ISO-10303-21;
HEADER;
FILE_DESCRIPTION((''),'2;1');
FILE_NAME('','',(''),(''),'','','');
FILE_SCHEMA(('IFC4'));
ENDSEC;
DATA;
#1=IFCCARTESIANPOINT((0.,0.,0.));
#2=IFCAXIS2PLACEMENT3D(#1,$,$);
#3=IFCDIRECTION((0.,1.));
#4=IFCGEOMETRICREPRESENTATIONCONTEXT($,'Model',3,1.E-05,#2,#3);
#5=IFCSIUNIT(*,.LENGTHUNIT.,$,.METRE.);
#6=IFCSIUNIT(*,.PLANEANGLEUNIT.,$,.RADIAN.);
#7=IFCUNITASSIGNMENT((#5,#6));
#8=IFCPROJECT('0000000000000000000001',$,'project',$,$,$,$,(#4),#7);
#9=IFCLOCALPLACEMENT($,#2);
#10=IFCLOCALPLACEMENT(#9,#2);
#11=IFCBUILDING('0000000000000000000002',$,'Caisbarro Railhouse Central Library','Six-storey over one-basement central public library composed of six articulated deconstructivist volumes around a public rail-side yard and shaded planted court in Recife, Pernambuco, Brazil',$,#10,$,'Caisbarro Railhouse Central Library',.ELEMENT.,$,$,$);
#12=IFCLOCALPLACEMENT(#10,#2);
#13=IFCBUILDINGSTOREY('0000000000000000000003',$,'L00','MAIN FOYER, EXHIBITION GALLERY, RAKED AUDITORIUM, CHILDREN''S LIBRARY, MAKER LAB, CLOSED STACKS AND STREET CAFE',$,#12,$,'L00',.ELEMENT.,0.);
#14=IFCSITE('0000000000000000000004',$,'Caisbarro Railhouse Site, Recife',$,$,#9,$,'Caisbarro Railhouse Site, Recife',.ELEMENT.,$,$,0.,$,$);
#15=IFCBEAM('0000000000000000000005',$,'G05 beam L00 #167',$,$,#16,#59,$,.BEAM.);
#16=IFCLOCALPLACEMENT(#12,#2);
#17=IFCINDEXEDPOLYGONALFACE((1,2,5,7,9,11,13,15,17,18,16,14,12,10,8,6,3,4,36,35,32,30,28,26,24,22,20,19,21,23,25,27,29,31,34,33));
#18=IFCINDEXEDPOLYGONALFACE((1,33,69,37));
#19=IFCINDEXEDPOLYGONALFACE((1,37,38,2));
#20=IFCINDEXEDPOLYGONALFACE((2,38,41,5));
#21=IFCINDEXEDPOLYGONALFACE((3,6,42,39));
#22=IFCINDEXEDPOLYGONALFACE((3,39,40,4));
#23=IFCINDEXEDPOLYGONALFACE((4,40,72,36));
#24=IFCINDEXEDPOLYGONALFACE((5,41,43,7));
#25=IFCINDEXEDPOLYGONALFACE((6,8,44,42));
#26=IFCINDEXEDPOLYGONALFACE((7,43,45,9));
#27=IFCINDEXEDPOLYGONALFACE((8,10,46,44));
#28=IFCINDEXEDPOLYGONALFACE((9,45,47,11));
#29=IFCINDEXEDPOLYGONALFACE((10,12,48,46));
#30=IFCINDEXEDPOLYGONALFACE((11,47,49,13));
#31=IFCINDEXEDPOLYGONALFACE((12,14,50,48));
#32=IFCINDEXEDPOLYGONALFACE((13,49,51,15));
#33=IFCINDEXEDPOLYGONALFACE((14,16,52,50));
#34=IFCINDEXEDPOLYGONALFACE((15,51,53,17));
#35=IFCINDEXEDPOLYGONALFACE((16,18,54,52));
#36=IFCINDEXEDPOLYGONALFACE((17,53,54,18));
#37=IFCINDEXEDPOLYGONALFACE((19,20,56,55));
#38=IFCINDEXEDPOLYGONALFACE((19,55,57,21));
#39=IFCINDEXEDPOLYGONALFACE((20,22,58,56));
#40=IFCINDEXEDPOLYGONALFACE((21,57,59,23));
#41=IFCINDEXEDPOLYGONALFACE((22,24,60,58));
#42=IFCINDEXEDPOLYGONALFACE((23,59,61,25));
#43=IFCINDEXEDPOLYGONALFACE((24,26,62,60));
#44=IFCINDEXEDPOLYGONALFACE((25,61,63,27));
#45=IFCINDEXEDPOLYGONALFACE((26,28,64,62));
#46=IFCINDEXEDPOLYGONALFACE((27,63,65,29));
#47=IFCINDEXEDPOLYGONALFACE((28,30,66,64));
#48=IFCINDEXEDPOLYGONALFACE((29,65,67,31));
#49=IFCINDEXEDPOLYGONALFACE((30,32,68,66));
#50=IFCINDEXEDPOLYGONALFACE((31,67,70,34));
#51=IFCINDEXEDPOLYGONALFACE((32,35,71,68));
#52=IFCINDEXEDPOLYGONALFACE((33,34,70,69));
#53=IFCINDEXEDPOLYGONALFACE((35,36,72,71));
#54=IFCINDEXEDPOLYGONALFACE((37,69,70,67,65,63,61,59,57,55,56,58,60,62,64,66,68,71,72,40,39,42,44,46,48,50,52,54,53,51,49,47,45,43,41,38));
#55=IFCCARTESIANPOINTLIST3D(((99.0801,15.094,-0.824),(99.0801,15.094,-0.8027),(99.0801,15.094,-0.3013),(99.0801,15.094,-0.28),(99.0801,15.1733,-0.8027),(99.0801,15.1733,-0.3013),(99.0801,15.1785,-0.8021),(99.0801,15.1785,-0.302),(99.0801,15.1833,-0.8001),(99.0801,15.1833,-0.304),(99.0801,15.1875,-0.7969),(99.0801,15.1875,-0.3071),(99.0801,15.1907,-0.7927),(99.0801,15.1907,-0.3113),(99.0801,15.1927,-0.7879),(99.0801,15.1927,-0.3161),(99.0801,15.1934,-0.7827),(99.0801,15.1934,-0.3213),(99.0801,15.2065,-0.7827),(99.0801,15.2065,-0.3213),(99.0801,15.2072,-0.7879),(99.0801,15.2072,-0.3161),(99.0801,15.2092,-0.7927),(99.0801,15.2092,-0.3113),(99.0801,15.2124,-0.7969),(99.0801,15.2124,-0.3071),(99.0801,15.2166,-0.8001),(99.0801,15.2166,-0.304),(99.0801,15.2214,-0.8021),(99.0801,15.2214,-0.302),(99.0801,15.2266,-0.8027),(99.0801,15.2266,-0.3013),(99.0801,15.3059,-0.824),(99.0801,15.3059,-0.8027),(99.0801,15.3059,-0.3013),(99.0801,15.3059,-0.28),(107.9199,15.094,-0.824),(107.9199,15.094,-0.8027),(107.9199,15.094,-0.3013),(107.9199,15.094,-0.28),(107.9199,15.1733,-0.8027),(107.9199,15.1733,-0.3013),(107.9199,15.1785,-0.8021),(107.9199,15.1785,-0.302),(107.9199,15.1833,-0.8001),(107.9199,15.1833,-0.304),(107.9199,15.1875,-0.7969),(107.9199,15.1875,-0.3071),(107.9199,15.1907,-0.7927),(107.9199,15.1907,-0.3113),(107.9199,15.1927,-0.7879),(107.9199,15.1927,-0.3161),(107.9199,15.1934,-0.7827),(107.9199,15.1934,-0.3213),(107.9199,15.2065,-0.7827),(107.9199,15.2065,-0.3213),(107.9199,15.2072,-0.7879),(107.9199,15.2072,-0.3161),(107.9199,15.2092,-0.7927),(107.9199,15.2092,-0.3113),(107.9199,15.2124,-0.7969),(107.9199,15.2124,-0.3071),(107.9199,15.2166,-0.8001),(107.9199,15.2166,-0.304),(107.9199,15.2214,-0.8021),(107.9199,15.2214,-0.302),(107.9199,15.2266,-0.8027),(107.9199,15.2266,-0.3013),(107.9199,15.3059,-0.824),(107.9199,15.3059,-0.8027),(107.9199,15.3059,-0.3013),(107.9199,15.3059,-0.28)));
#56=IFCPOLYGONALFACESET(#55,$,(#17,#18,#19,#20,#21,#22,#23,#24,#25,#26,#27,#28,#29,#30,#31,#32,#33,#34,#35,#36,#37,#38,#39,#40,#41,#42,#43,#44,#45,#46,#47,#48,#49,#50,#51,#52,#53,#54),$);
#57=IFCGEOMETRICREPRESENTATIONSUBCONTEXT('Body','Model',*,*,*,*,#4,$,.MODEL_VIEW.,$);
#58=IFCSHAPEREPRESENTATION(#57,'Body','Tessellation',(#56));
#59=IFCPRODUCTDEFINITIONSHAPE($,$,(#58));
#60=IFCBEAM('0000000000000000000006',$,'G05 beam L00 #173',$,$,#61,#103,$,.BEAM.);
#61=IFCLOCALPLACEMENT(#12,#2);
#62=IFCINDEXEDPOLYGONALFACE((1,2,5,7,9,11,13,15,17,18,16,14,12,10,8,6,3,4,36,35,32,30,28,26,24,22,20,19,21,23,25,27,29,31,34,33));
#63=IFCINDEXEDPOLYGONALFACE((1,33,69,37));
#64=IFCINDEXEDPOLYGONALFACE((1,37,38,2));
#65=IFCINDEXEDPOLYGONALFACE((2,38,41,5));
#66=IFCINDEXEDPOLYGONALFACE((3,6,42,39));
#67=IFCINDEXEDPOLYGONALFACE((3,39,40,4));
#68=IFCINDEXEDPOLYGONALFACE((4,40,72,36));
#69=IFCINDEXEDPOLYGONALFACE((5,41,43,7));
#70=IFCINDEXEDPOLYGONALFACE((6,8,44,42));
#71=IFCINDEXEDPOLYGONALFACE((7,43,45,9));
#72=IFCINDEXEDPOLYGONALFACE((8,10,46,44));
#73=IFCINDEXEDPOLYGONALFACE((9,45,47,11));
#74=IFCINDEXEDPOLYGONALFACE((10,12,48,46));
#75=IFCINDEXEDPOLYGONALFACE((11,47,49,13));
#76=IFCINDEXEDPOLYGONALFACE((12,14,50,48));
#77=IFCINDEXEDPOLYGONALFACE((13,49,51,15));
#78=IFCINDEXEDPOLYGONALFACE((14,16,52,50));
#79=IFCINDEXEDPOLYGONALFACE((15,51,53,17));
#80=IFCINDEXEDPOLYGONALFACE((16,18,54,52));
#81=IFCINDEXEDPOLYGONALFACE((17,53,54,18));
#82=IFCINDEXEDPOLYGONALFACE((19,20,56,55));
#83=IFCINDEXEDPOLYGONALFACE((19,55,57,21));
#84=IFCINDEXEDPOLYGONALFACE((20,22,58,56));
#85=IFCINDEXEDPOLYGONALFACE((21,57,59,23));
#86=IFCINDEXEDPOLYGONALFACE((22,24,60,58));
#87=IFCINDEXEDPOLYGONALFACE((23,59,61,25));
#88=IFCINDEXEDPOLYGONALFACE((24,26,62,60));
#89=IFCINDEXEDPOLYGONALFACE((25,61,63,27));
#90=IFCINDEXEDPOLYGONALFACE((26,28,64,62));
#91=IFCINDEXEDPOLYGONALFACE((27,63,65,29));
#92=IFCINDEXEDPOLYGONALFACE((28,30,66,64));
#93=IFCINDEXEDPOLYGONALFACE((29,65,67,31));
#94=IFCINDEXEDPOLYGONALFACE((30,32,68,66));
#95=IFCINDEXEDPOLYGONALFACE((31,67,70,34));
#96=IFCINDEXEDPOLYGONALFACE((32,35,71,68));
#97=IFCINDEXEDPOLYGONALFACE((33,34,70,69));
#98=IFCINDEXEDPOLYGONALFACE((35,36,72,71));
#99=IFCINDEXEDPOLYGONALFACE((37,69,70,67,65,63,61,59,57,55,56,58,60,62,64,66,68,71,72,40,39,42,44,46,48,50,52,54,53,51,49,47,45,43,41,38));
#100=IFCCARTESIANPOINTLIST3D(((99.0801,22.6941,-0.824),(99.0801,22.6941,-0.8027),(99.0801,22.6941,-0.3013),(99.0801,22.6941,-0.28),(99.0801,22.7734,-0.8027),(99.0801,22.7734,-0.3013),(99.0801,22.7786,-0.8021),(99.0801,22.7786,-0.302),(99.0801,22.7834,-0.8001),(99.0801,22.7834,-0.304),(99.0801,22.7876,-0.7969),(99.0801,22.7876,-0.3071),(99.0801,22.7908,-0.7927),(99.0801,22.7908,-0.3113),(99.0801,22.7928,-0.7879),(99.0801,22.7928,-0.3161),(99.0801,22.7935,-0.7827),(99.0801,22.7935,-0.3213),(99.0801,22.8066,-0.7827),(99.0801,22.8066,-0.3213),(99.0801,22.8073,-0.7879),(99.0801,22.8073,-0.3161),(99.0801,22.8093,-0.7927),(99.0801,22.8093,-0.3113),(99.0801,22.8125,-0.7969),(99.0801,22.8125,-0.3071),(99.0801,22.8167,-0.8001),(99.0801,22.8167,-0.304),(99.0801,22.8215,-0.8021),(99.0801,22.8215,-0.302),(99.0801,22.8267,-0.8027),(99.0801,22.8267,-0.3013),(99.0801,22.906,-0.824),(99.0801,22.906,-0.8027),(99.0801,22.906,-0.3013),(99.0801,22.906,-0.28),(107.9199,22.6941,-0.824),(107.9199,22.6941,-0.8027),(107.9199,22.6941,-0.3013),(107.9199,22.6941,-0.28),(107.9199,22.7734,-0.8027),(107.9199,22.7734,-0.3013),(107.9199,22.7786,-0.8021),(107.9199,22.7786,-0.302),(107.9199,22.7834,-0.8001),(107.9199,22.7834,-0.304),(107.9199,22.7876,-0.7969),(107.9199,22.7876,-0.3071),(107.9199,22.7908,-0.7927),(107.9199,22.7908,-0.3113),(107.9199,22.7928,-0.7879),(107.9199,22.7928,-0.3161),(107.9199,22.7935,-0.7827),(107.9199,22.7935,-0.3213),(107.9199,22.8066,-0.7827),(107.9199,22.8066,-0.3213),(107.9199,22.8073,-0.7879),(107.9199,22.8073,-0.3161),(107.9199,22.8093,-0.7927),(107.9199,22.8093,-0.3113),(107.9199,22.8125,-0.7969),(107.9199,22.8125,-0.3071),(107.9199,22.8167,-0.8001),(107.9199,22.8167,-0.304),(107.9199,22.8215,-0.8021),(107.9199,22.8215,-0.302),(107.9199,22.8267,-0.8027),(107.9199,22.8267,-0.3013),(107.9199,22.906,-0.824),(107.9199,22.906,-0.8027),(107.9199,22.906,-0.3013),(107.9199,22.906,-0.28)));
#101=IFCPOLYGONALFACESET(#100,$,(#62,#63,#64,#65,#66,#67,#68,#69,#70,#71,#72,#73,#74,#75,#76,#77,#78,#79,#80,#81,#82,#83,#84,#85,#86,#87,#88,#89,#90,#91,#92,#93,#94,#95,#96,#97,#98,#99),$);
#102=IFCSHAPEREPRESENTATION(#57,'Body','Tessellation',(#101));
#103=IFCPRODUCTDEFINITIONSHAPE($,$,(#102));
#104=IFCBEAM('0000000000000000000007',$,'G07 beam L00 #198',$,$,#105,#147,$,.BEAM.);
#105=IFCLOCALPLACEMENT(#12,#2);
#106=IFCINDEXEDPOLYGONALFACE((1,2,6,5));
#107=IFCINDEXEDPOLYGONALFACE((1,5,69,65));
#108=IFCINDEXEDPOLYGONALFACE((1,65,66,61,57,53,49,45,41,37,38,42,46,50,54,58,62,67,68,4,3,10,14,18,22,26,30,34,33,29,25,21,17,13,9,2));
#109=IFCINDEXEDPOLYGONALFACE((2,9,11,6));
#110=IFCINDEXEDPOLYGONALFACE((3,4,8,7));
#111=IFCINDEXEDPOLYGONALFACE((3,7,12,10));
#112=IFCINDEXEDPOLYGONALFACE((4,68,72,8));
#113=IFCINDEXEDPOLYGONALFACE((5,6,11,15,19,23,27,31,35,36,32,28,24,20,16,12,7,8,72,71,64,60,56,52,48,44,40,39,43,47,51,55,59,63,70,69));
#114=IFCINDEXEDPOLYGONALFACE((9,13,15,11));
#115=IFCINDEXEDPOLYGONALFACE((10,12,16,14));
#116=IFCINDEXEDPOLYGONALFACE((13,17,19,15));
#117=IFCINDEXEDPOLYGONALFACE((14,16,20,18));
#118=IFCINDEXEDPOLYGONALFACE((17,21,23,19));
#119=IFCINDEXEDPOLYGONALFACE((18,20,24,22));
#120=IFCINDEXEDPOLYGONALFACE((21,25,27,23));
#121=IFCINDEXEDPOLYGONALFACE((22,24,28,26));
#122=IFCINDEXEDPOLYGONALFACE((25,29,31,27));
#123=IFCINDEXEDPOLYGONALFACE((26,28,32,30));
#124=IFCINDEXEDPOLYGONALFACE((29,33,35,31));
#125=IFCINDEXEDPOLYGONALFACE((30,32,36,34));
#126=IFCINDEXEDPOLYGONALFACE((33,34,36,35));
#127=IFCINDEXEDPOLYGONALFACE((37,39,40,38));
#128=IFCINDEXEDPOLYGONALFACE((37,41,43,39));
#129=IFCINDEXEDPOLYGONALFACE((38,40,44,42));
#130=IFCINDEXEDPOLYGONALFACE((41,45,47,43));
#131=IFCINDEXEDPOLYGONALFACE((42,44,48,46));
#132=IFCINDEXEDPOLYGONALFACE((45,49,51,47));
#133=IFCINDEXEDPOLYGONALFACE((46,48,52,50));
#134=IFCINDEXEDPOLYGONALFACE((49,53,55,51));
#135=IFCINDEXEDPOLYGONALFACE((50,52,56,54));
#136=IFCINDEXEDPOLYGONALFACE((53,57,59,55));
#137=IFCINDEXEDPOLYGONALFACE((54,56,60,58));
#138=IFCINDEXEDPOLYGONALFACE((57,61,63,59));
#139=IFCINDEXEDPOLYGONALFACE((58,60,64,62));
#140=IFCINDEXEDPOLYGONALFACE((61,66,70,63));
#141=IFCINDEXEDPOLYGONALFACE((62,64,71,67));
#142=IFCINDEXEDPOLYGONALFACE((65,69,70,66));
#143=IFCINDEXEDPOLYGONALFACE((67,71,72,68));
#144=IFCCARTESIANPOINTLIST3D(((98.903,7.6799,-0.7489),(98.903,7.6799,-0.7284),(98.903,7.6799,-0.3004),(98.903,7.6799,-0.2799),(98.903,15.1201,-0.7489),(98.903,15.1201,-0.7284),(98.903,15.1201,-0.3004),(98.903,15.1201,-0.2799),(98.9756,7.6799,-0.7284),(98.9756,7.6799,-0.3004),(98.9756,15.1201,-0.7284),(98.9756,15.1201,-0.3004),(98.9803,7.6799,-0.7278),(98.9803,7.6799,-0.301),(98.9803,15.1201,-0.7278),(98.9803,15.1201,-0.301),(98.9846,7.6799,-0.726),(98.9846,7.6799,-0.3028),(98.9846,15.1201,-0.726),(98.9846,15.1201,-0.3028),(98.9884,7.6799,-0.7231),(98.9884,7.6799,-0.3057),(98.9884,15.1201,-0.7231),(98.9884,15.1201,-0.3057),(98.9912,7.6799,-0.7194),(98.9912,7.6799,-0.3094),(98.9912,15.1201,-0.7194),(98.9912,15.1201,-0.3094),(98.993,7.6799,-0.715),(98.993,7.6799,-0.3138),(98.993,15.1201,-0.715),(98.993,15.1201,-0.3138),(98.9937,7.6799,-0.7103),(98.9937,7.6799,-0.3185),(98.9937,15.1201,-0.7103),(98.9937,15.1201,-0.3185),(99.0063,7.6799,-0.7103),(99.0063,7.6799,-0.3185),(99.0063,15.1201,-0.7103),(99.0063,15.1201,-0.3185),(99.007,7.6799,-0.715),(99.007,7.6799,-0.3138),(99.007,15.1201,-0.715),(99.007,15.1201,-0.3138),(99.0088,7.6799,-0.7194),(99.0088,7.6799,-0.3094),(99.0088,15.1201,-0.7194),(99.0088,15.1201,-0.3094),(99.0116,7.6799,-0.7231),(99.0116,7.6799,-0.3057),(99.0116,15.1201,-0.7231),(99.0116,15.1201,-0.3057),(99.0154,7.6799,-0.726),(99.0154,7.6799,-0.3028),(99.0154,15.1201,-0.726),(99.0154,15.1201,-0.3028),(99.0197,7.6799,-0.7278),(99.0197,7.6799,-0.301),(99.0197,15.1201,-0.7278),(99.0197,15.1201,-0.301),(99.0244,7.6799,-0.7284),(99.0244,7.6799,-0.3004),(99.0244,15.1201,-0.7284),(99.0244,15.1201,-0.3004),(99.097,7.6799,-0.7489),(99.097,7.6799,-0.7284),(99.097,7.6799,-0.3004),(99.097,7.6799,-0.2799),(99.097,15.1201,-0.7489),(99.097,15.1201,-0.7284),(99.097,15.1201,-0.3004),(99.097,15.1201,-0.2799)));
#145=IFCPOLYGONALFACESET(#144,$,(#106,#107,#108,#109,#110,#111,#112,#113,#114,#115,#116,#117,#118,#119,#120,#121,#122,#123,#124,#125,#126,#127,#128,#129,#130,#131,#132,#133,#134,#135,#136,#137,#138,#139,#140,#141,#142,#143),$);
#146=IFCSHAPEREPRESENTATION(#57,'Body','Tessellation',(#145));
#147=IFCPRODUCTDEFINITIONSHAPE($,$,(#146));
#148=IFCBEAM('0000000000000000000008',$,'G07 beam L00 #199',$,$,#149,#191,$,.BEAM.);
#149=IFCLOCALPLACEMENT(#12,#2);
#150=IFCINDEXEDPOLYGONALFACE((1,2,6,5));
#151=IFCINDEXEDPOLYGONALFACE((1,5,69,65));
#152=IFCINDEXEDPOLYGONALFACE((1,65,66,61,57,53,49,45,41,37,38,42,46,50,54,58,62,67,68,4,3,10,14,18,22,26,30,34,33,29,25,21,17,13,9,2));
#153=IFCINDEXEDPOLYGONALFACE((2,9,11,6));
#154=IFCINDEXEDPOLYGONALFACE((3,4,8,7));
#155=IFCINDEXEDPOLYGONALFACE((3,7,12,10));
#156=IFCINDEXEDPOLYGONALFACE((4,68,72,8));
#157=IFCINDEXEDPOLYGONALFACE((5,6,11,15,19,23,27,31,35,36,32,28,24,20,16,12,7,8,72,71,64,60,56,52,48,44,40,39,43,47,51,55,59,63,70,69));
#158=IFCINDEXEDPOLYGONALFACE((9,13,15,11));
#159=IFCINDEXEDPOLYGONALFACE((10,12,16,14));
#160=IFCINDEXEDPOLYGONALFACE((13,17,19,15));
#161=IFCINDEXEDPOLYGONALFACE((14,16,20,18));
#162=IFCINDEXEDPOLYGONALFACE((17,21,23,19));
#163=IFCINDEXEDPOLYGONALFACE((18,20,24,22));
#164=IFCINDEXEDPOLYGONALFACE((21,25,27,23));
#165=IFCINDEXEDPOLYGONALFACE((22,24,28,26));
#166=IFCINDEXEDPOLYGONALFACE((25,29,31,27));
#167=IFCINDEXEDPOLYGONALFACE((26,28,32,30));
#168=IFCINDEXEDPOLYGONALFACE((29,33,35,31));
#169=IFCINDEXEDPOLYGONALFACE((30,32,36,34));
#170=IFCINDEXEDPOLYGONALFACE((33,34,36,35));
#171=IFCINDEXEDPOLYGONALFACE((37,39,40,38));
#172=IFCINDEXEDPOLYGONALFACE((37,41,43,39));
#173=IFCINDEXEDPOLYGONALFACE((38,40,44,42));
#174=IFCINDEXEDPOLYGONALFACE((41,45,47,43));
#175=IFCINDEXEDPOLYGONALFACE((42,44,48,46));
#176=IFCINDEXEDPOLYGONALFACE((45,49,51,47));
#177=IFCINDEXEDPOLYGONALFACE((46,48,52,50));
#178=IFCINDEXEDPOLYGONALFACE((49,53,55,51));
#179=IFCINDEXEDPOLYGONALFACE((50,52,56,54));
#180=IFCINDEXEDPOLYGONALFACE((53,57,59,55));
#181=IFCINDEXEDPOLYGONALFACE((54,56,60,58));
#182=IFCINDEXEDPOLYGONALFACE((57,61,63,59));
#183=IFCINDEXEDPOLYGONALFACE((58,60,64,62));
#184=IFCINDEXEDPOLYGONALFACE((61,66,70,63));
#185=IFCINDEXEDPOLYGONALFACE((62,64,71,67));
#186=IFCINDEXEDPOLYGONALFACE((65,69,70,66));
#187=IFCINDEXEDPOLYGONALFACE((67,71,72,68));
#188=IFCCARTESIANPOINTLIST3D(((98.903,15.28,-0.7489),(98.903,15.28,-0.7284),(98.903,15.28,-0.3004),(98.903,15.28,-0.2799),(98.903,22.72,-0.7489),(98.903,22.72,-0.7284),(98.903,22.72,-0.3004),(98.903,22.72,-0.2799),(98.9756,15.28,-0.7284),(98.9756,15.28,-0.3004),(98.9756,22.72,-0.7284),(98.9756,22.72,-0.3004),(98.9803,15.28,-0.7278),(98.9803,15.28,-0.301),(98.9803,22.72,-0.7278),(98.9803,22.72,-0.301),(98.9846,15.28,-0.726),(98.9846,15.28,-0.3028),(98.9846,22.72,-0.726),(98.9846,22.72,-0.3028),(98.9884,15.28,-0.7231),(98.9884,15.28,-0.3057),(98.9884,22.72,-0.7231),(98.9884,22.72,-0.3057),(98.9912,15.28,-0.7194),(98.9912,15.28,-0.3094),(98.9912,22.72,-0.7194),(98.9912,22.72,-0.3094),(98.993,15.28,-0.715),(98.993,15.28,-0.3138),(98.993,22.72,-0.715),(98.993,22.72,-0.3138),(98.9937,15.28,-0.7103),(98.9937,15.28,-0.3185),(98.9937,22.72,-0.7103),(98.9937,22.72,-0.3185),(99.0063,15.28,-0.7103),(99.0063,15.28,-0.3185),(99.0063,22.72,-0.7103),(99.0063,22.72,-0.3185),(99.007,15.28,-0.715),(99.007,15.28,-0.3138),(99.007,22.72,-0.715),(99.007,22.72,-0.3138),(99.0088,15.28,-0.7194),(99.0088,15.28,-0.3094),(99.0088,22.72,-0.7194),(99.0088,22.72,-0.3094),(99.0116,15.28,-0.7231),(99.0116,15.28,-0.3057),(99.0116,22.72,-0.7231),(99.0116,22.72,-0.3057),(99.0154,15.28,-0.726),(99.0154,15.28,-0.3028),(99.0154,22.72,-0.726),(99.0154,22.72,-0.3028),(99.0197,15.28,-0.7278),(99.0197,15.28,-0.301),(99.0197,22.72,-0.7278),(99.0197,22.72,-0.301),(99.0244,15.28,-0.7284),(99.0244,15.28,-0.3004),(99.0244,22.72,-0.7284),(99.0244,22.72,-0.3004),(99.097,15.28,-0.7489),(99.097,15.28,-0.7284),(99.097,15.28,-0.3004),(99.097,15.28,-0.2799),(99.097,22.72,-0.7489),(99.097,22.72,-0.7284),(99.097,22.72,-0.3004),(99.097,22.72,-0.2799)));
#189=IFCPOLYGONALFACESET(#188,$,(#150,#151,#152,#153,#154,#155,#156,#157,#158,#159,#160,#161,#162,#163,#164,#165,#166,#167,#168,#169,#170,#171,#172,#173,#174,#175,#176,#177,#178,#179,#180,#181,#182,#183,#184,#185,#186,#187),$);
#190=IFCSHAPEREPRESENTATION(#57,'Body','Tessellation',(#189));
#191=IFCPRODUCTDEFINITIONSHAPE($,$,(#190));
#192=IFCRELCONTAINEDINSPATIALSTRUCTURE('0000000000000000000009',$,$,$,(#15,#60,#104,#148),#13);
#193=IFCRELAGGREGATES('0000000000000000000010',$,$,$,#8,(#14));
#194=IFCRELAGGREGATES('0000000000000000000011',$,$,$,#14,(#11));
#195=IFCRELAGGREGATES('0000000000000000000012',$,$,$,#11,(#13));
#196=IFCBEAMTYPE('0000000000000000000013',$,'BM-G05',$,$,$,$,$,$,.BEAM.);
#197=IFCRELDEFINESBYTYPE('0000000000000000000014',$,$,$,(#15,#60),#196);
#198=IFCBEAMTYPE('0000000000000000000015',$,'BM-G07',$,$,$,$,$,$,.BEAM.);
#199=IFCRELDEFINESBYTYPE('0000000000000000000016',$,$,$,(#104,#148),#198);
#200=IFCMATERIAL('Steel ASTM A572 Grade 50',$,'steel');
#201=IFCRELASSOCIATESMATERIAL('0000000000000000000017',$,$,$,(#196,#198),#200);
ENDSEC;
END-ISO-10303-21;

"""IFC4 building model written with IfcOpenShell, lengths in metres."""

from ifc_helpers import new_model, si_unit, direction, frame, origin, origin_2d, place, context, subcontext, project, spatial, i_section, extrude, material, material_profile, profile_set, type_object, element, save


model = new_model("IFC4")

# Units and contexts
model_context = context("Model", 3, precision=1e-05, world=origin(), true_north=direction((0.0, 1.0)))
body_context = subcontext(model_context, "Body", "Model", "MODEL_VIEW")
ifc_project = project(units=[si_unit("LENGTHUNIT", "METRE"), si_unit("PLANEANGLEUNIT", "RADIAN")], contexts=[model_context])

# Site, building, storey
site_placement = place(None, origin())
site = spatial("IfcSite", under=ifc_project, at=site_placement, Name="Caisbarro Railhouse Site, Recife", LongName="Caisbarro Railhouse Site, Recife", CompositionType="ELEMENT", RefElevation=0.0)
building_placement = place(site_placement, origin())
building = spatial("IfcBuilding", under=site, at=building_placement, Name="Caisbarro Railhouse Central Library", Description="Six-storey over one-basement central public library composed of six articulated deconstructivist volumes around a public rail-side yard and shaded planted court in Recife, Pernambuco, Brazil", LongName="Caisbarro Railhouse Central Library", CompositionType="ELEMENT")
storey_placement = place(building_placement, origin())
storey = spatial("IfcBuildingStorey", under=building, at=storey_placement, Name="L00", Description="MAIN FOYER, EXHIBITION GALLERY, RAKED AUDITORIUM, CHILDREN'S LIBRARY, MAKER LAB, CLOSED STACKS AND STREET CAFE", LongName="L00", CompositionType="ELEMENT", Elevation=0.0)

# Shared definitions
ifc_material_1 = material(Name="Steel ASTM A572 Grade 50", Category="steel")

# Beams
ifc_material_profile_1 = material_profile(ifc_material_1, i_section(OverallWidth=0.2119, OverallDepth=0.5439, WebThickness=0.0132, FlangeThickness=0.0212, FilletRadius=0.02, at=origin_2d()), Name="W530X123.0")
ifc_profile_set_1 = profile_set([ifc_material_profile_1], Name="Steel ASTM A572 Grade 50")
beam_type_1 = type_object("IfcBeamType", Name="BM-G05", PredefinedType="BEAM", material=ifc_profile_set_1)
for number, where, z_axis, x_axis, name in (
    (1, (99.0801, 15.2, -0.552), (1.0, 0.0, 0.0), (0.0, 1.0, 0.0), "G05 beam L00 #167"),
    (2, (99.0801, 22.8, -0.552), (1.0, 0.0, 0.0), (0.0, 1.0, 0.0), "G05 beam L00 #173"),
):
    element("IfcBeam", number, at=place(storey_placement, frame(where, z_axis=z_axis, x_axis=x_axis)), inside=storey, type_object=beam_type_1, Name=name, PredefinedType="BEAM", context=body_context, shape_type="SweptSolid", body=[
        extrude(i_section(OverallWidth=0.2119, OverallDepth=0.5439, WebThickness=0.0132, FlangeThickness=0.0212, FilletRadius=0.02, at=origin_2d()), origin(), (0.0, 0.0, 1.0), 8.8398),
    ])
ifc_material_profile_2 = material_profile(ifc_material_1, i_section(OverallWidth=0.1941, OverallDepth=0.469, WebThickness=0.0127, FlangeThickness=0.0205, FilletRadius=0.0181, at=origin_2d()), Name="W460X106.0")
ifc_profile_set_2 = profile_set([ifc_material_profile_2], Name="Steel ASTM A572 Grade 50")
beam_type_2 = type_object("IfcBeamType", Name="BM-G07", PredefinedType="BEAM", material=ifc_profile_set_2)
beam_1_placement = place(storey_placement, frame((99.0, 7.6799, -0.5144), z_axis=(0.0, 1.0, 0.0), x_axis=(-1.0, 0.0, 0.0)))
element("IfcBeam", 3, at=beam_1_placement, inside=storey, type_object=beam_type_2, Name="G07 beam L00 #198", PredefinedType="BEAM", context=body_context, shape_type="SweptSolid", body=[
    extrude(i_section(OverallWidth=0.1941, OverallDepth=0.469, WebThickness=0.0127, FlangeThickness=0.0205, FilletRadius=0.0181, at=origin_2d()), origin(), (0.0, 0.0, 1.0), 7.4402),
])
beam_2_placement = place(storey_placement, frame((99.0, 15.28, -0.5144), z_axis=(0.0, 1.0, 0.0), x_axis=(-1.0, 0.0, 0.0)))
element("IfcBeam", 4, at=beam_2_placement, inside=storey, type_object=beam_type_2, Name="G07 beam L00 #199", PredefinedType="BEAM", context=body_context, shape_type="SweptSolid", body=[
    extrude(i_section(OverallWidth=0.1941, OverallDepth=0.469, WebThickness=0.0127, FlangeThickness=0.0205, FilletRadius=0.0181, at=origin_2d()), origin(), (0.0, 0.0, 1.0), 7.4399),
])

save(model, "model.ifc")
